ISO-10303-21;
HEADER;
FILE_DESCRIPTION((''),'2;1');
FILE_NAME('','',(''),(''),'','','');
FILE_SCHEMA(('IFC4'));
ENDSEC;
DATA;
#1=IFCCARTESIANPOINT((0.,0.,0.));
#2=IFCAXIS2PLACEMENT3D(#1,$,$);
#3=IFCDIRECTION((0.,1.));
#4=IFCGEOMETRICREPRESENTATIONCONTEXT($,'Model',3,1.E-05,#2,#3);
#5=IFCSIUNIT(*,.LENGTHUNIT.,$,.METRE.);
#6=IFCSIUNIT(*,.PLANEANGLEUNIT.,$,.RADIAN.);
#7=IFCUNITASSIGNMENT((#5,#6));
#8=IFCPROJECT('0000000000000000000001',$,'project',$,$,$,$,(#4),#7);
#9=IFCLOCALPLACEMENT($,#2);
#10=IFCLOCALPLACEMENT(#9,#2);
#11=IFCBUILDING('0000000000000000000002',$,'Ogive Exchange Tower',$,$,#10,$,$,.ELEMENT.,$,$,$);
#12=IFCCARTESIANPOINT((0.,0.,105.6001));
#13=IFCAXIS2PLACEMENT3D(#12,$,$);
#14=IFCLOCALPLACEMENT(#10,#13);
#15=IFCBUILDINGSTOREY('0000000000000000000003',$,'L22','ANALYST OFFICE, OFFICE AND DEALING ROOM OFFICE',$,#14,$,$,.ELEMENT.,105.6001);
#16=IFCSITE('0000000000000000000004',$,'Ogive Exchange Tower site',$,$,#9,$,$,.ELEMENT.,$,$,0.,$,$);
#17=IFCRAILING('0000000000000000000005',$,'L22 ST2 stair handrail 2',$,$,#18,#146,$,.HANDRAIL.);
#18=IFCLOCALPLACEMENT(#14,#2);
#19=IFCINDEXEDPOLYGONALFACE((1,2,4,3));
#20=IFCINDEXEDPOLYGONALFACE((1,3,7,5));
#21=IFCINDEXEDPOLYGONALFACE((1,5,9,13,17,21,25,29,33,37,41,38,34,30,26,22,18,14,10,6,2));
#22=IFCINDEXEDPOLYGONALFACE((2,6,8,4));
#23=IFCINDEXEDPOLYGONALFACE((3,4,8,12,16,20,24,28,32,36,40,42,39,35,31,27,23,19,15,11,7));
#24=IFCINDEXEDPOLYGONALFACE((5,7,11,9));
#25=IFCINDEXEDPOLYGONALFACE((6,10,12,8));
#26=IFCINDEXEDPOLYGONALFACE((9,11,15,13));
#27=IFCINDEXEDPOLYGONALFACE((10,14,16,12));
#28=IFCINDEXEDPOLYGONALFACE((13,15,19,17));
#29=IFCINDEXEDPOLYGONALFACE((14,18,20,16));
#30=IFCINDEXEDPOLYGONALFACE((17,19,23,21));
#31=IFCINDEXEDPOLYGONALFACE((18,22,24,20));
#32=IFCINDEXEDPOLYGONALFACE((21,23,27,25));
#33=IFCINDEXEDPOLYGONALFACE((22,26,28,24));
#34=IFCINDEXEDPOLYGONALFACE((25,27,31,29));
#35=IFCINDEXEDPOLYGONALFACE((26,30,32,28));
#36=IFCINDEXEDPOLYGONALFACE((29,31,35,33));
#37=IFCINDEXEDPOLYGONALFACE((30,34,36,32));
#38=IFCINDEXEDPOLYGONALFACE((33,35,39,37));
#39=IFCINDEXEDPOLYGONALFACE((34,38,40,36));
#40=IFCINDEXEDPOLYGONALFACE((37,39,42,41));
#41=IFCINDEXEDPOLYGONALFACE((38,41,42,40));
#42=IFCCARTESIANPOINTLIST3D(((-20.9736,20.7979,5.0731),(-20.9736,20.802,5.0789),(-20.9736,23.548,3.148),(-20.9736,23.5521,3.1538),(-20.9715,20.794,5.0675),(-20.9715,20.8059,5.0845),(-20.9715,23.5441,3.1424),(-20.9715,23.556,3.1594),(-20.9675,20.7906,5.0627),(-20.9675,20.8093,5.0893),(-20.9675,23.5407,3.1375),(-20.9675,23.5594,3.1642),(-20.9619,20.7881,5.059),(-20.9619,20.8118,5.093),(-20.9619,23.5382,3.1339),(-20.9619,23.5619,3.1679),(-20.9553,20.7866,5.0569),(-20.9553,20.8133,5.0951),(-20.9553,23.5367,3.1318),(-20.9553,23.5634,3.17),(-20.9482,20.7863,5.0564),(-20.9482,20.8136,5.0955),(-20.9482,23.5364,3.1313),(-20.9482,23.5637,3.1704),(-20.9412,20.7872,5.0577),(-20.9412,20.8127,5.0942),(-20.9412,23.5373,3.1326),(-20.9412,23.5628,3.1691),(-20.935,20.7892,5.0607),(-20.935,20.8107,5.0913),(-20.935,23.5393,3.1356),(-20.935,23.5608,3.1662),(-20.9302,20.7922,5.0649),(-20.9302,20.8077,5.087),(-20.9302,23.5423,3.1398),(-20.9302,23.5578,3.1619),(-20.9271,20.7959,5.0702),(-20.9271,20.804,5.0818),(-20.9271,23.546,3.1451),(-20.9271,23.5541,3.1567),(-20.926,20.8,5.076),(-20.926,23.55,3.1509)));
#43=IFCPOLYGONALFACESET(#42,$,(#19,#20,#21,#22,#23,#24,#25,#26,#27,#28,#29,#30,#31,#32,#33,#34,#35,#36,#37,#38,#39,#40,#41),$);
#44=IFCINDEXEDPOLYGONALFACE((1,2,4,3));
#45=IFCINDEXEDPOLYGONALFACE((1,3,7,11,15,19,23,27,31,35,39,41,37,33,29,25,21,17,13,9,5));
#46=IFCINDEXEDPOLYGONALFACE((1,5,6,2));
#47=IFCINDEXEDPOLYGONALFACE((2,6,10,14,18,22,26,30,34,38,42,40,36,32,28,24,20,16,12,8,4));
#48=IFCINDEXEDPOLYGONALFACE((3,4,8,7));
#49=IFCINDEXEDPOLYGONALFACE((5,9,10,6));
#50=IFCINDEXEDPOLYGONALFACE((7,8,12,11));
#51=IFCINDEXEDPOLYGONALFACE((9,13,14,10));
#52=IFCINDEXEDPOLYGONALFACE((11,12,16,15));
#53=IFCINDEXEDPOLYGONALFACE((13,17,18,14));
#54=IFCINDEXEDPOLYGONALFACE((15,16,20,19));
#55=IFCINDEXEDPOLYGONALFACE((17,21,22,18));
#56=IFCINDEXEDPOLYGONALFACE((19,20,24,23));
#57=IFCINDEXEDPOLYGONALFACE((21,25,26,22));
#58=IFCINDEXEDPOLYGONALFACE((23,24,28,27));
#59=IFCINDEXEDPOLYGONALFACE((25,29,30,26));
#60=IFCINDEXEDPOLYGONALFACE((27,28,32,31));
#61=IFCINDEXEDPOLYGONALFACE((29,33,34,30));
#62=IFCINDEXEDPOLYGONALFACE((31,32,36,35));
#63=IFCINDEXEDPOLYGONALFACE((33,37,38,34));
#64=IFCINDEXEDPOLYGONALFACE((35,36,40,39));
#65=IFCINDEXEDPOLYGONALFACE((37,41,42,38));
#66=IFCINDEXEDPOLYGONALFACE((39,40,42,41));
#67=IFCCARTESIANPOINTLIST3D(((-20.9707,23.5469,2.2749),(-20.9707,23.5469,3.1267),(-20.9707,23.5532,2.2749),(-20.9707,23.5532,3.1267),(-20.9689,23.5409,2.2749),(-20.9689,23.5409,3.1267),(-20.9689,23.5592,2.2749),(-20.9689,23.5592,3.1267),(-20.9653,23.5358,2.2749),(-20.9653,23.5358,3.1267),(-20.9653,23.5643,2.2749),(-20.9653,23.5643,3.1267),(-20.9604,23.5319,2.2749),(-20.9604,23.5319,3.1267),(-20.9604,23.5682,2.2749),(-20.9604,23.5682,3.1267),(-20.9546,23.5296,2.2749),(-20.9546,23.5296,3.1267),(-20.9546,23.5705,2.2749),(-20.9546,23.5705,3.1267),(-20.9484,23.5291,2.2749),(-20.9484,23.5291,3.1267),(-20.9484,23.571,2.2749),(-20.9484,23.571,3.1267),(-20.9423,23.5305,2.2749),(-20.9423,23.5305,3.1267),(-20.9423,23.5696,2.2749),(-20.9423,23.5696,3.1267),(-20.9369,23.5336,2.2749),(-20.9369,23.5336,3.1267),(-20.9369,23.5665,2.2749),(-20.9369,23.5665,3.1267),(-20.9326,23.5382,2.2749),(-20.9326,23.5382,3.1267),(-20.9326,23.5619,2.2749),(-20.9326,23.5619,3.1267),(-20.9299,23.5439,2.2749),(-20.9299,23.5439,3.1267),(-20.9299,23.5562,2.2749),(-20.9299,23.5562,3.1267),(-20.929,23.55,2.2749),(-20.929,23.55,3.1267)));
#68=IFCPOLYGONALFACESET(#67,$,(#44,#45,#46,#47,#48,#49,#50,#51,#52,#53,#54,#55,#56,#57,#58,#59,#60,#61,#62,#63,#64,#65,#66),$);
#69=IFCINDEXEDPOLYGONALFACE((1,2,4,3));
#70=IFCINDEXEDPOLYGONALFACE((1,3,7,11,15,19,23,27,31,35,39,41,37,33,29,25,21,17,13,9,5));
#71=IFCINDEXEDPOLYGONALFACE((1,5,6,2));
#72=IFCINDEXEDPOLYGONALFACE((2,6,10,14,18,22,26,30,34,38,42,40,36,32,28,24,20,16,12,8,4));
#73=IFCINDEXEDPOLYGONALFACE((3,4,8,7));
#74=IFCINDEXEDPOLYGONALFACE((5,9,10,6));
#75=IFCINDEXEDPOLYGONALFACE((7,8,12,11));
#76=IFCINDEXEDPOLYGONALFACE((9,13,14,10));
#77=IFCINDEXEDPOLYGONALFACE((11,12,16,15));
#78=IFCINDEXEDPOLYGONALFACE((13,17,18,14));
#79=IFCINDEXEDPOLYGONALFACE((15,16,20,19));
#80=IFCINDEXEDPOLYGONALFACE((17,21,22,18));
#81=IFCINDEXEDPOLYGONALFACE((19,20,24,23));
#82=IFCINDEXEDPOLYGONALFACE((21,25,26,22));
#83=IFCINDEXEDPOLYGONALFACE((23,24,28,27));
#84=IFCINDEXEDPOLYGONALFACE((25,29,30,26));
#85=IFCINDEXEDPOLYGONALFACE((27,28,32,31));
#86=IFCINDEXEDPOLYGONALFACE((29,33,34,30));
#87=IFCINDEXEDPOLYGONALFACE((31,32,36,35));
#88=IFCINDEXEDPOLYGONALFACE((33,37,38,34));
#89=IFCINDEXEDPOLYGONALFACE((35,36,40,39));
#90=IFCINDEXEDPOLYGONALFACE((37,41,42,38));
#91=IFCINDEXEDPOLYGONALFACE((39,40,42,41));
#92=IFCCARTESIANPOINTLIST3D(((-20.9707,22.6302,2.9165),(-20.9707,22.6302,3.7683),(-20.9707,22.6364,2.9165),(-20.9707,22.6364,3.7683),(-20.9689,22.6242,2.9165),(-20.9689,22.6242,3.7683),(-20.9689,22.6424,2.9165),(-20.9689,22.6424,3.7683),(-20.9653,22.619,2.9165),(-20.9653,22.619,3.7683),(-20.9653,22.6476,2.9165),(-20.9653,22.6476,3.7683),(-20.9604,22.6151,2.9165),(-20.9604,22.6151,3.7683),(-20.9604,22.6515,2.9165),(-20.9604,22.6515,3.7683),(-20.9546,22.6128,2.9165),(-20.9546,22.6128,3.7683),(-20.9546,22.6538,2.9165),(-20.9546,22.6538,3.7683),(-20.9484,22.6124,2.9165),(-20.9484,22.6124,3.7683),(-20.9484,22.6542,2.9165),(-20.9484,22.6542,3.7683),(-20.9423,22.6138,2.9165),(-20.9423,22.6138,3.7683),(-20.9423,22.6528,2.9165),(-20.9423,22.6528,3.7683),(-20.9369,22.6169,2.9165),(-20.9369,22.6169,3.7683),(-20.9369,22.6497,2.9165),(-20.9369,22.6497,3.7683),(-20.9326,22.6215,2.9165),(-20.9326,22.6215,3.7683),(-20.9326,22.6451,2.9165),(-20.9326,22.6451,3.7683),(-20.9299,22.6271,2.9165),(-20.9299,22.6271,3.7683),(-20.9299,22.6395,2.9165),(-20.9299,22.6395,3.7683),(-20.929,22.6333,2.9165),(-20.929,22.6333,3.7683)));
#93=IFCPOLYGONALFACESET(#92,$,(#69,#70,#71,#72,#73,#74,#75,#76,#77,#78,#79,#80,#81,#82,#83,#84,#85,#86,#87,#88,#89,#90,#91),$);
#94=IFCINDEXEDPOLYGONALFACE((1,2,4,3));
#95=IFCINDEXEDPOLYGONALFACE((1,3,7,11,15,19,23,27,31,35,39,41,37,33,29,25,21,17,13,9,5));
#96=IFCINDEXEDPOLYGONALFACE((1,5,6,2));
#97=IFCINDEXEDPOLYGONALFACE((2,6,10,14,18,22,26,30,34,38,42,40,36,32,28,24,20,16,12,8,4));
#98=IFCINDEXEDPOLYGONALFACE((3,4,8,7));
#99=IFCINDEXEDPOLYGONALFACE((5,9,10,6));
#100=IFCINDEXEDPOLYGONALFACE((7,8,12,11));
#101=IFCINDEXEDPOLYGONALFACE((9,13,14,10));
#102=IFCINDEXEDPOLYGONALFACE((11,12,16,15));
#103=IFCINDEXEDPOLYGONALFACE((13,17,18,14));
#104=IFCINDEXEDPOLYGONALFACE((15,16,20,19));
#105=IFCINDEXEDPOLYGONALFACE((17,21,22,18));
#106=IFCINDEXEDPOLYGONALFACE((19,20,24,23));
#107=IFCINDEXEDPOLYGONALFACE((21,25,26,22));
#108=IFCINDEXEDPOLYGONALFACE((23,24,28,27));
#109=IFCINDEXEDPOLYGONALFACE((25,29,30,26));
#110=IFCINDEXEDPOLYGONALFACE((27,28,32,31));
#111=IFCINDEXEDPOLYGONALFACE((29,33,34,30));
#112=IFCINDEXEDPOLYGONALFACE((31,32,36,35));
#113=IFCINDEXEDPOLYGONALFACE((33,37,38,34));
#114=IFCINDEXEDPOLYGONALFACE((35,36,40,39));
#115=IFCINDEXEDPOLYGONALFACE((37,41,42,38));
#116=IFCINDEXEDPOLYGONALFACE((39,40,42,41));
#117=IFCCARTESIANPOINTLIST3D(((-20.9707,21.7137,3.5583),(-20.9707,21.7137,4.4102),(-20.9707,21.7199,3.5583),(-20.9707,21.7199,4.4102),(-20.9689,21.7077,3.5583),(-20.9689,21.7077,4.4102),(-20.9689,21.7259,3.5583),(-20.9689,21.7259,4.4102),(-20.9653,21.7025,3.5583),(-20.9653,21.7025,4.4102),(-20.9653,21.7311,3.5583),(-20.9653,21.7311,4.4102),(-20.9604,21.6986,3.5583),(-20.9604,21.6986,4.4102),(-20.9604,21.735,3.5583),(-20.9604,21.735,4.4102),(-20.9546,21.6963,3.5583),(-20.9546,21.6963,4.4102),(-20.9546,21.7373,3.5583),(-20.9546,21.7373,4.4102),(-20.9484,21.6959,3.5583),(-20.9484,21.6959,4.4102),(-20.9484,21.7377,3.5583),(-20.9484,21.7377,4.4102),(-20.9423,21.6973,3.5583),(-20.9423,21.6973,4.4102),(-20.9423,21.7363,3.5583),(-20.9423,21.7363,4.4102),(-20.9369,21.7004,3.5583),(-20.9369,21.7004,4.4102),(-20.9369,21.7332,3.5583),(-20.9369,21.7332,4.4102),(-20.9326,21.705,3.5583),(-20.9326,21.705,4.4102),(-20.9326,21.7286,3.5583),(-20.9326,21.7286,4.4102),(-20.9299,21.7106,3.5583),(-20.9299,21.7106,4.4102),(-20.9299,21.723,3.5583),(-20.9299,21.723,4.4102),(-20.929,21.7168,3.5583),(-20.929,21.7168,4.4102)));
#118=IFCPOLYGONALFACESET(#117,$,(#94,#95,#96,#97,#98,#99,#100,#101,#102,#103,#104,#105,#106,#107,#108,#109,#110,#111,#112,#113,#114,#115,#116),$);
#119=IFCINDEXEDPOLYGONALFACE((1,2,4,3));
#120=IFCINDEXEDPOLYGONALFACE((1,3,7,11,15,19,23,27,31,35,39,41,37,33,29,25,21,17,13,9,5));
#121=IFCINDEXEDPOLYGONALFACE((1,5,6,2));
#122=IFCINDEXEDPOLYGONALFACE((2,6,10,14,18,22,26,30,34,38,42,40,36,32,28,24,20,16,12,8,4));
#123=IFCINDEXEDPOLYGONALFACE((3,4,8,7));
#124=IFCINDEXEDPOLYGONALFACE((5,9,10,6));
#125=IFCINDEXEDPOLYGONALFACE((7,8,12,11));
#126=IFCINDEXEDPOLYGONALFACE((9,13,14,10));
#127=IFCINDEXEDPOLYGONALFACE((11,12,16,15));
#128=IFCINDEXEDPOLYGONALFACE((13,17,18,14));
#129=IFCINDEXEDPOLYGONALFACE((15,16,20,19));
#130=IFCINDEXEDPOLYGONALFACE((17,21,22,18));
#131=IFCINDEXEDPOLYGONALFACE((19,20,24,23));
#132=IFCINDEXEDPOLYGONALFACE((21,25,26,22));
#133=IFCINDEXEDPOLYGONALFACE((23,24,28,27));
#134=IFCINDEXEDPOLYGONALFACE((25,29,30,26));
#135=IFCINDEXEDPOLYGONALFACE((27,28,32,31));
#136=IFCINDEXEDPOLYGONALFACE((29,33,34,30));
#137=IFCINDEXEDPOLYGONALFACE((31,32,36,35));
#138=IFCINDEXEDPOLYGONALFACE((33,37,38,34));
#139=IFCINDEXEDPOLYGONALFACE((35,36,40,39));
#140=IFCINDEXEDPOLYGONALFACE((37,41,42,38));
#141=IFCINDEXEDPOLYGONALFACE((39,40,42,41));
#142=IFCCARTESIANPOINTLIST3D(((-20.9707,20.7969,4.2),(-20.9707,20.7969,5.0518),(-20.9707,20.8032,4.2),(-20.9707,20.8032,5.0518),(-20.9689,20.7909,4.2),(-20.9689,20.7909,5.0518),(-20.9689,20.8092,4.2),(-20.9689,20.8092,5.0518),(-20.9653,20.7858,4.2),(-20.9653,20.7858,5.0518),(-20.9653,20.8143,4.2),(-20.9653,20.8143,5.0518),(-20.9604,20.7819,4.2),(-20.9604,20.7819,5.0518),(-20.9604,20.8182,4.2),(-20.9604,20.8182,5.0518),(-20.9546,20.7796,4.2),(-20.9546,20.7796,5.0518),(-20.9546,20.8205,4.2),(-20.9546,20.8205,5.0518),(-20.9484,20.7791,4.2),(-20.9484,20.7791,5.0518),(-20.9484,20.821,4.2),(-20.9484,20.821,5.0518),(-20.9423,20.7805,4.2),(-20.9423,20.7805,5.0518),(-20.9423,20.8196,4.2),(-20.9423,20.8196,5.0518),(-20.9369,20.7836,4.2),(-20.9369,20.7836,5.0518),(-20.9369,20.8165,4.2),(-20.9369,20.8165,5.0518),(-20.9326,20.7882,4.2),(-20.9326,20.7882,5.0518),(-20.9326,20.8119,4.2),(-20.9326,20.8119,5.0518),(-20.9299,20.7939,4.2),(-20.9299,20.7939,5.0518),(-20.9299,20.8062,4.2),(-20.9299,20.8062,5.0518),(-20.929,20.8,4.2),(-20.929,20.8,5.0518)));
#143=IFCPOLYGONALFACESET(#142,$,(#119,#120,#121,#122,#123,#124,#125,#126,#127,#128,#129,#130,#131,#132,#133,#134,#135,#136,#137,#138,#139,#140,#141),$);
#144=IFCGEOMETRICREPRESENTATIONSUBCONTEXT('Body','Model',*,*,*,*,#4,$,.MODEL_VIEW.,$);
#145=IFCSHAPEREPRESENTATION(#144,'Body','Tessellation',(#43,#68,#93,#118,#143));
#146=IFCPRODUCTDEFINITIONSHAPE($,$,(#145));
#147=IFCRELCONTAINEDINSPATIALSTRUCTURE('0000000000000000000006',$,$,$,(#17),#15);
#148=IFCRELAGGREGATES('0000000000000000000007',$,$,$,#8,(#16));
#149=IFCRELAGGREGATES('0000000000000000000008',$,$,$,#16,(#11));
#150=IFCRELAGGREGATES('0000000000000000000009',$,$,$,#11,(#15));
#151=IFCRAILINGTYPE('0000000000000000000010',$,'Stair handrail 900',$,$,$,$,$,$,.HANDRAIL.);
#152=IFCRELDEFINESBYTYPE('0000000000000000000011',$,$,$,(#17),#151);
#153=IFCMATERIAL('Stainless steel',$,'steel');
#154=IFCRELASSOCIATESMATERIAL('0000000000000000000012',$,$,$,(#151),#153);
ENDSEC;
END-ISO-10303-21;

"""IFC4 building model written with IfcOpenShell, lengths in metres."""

from ifc_helpers import new_model, si_unit, direction, frame, origin, origin_2d, place, context, subcontext, project, spatial, circle, extrude, material, type_object, element, save


model = new_model("IFC4")

# Units and contexts
model_context = context("Model", 3, precision=1e-05, world=origin(), true_north=direction((0.0, 1.0)))
body_context = subcontext(model_context, "Body", "Model", "MODEL_VIEW")
ifc_project = project(units=[si_unit("LENGTHUNIT", "METRE"), si_unit("PLANEANGLEUNIT", "RADIAN")], contexts=[model_context])

# Site, building, storey
site_placement = place(None, origin())
site = spatial("IfcSite", under=ifc_project, at=site_placement, Name="Ogive Exchange Tower site", CompositionType="ELEMENT", RefElevation=0.0)
building_placement = place(site_placement, origin())
building = spatial("IfcBuilding", under=site, at=building_placement, Name="Ogive Exchange Tower", CompositionType="ELEMENT")
storey_placement = place(building_placement, frame((0.0, 0.0, 105.6001)))
storey = spatial("IfcBuildingStorey", under=building, at=storey_placement, Name="L22", Description="ANALYST OFFICE, OFFICE AND DEALING ROOM OFFICE", CompositionType="ELEMENT", Elevation=105.6001)

# Railing
ifc_material_1 = material(Name="Stainless steel", Category="steel")
railing_type = type_object("IfcRailingType", Name="Stair handrail 900", PredefinedType="HANDRAIL", material=ifc_material_1)
railing_placement = place(storey_placement, frame((-20.95, 23.55, 2.2749)))
element("IfcRailing", 1, at=railing_placement, inside=storey, type_object=railing_type, Name="L22 ST2 stair handrail 2", PredefinedType="HANDRAIL", context=body_context, shape_type="SweptSolid", body=[
    extrude(circle(Radius=0.0239, at=origin_2d()), frame((0.0, 0.0, 0.876), z_axis=(0.0, -0.819225, 0.573472), x_axis=(1.0, 0.0, 0.0)), (0.0, 0.0, 1.0), 3.3569),
    extrude(circle(Radius=0.021, at=origin_2d()), origin(), (0.0, 0.0, 1.0), 0.8518),
    extrude(circle(Radius=0.021, at=origin_2d()), frame((0.0, -0.9167, 0.6416)), (0.0, 0.0, 1.0), 0.8518),
    extrude(circle(Radius=0.021, at=origin_2d()), frame((0.0, -1.8333, 1.2834)), (0.0, 0.0, 1.0), 0.8518),
    extrude(circle(Radius=0.021, at=origin_2d()), frame((0.0, -2.75, 1.925)), (0.0, 0.0, 1.0), 0.8518),
])

save(model, "model.ifc")
